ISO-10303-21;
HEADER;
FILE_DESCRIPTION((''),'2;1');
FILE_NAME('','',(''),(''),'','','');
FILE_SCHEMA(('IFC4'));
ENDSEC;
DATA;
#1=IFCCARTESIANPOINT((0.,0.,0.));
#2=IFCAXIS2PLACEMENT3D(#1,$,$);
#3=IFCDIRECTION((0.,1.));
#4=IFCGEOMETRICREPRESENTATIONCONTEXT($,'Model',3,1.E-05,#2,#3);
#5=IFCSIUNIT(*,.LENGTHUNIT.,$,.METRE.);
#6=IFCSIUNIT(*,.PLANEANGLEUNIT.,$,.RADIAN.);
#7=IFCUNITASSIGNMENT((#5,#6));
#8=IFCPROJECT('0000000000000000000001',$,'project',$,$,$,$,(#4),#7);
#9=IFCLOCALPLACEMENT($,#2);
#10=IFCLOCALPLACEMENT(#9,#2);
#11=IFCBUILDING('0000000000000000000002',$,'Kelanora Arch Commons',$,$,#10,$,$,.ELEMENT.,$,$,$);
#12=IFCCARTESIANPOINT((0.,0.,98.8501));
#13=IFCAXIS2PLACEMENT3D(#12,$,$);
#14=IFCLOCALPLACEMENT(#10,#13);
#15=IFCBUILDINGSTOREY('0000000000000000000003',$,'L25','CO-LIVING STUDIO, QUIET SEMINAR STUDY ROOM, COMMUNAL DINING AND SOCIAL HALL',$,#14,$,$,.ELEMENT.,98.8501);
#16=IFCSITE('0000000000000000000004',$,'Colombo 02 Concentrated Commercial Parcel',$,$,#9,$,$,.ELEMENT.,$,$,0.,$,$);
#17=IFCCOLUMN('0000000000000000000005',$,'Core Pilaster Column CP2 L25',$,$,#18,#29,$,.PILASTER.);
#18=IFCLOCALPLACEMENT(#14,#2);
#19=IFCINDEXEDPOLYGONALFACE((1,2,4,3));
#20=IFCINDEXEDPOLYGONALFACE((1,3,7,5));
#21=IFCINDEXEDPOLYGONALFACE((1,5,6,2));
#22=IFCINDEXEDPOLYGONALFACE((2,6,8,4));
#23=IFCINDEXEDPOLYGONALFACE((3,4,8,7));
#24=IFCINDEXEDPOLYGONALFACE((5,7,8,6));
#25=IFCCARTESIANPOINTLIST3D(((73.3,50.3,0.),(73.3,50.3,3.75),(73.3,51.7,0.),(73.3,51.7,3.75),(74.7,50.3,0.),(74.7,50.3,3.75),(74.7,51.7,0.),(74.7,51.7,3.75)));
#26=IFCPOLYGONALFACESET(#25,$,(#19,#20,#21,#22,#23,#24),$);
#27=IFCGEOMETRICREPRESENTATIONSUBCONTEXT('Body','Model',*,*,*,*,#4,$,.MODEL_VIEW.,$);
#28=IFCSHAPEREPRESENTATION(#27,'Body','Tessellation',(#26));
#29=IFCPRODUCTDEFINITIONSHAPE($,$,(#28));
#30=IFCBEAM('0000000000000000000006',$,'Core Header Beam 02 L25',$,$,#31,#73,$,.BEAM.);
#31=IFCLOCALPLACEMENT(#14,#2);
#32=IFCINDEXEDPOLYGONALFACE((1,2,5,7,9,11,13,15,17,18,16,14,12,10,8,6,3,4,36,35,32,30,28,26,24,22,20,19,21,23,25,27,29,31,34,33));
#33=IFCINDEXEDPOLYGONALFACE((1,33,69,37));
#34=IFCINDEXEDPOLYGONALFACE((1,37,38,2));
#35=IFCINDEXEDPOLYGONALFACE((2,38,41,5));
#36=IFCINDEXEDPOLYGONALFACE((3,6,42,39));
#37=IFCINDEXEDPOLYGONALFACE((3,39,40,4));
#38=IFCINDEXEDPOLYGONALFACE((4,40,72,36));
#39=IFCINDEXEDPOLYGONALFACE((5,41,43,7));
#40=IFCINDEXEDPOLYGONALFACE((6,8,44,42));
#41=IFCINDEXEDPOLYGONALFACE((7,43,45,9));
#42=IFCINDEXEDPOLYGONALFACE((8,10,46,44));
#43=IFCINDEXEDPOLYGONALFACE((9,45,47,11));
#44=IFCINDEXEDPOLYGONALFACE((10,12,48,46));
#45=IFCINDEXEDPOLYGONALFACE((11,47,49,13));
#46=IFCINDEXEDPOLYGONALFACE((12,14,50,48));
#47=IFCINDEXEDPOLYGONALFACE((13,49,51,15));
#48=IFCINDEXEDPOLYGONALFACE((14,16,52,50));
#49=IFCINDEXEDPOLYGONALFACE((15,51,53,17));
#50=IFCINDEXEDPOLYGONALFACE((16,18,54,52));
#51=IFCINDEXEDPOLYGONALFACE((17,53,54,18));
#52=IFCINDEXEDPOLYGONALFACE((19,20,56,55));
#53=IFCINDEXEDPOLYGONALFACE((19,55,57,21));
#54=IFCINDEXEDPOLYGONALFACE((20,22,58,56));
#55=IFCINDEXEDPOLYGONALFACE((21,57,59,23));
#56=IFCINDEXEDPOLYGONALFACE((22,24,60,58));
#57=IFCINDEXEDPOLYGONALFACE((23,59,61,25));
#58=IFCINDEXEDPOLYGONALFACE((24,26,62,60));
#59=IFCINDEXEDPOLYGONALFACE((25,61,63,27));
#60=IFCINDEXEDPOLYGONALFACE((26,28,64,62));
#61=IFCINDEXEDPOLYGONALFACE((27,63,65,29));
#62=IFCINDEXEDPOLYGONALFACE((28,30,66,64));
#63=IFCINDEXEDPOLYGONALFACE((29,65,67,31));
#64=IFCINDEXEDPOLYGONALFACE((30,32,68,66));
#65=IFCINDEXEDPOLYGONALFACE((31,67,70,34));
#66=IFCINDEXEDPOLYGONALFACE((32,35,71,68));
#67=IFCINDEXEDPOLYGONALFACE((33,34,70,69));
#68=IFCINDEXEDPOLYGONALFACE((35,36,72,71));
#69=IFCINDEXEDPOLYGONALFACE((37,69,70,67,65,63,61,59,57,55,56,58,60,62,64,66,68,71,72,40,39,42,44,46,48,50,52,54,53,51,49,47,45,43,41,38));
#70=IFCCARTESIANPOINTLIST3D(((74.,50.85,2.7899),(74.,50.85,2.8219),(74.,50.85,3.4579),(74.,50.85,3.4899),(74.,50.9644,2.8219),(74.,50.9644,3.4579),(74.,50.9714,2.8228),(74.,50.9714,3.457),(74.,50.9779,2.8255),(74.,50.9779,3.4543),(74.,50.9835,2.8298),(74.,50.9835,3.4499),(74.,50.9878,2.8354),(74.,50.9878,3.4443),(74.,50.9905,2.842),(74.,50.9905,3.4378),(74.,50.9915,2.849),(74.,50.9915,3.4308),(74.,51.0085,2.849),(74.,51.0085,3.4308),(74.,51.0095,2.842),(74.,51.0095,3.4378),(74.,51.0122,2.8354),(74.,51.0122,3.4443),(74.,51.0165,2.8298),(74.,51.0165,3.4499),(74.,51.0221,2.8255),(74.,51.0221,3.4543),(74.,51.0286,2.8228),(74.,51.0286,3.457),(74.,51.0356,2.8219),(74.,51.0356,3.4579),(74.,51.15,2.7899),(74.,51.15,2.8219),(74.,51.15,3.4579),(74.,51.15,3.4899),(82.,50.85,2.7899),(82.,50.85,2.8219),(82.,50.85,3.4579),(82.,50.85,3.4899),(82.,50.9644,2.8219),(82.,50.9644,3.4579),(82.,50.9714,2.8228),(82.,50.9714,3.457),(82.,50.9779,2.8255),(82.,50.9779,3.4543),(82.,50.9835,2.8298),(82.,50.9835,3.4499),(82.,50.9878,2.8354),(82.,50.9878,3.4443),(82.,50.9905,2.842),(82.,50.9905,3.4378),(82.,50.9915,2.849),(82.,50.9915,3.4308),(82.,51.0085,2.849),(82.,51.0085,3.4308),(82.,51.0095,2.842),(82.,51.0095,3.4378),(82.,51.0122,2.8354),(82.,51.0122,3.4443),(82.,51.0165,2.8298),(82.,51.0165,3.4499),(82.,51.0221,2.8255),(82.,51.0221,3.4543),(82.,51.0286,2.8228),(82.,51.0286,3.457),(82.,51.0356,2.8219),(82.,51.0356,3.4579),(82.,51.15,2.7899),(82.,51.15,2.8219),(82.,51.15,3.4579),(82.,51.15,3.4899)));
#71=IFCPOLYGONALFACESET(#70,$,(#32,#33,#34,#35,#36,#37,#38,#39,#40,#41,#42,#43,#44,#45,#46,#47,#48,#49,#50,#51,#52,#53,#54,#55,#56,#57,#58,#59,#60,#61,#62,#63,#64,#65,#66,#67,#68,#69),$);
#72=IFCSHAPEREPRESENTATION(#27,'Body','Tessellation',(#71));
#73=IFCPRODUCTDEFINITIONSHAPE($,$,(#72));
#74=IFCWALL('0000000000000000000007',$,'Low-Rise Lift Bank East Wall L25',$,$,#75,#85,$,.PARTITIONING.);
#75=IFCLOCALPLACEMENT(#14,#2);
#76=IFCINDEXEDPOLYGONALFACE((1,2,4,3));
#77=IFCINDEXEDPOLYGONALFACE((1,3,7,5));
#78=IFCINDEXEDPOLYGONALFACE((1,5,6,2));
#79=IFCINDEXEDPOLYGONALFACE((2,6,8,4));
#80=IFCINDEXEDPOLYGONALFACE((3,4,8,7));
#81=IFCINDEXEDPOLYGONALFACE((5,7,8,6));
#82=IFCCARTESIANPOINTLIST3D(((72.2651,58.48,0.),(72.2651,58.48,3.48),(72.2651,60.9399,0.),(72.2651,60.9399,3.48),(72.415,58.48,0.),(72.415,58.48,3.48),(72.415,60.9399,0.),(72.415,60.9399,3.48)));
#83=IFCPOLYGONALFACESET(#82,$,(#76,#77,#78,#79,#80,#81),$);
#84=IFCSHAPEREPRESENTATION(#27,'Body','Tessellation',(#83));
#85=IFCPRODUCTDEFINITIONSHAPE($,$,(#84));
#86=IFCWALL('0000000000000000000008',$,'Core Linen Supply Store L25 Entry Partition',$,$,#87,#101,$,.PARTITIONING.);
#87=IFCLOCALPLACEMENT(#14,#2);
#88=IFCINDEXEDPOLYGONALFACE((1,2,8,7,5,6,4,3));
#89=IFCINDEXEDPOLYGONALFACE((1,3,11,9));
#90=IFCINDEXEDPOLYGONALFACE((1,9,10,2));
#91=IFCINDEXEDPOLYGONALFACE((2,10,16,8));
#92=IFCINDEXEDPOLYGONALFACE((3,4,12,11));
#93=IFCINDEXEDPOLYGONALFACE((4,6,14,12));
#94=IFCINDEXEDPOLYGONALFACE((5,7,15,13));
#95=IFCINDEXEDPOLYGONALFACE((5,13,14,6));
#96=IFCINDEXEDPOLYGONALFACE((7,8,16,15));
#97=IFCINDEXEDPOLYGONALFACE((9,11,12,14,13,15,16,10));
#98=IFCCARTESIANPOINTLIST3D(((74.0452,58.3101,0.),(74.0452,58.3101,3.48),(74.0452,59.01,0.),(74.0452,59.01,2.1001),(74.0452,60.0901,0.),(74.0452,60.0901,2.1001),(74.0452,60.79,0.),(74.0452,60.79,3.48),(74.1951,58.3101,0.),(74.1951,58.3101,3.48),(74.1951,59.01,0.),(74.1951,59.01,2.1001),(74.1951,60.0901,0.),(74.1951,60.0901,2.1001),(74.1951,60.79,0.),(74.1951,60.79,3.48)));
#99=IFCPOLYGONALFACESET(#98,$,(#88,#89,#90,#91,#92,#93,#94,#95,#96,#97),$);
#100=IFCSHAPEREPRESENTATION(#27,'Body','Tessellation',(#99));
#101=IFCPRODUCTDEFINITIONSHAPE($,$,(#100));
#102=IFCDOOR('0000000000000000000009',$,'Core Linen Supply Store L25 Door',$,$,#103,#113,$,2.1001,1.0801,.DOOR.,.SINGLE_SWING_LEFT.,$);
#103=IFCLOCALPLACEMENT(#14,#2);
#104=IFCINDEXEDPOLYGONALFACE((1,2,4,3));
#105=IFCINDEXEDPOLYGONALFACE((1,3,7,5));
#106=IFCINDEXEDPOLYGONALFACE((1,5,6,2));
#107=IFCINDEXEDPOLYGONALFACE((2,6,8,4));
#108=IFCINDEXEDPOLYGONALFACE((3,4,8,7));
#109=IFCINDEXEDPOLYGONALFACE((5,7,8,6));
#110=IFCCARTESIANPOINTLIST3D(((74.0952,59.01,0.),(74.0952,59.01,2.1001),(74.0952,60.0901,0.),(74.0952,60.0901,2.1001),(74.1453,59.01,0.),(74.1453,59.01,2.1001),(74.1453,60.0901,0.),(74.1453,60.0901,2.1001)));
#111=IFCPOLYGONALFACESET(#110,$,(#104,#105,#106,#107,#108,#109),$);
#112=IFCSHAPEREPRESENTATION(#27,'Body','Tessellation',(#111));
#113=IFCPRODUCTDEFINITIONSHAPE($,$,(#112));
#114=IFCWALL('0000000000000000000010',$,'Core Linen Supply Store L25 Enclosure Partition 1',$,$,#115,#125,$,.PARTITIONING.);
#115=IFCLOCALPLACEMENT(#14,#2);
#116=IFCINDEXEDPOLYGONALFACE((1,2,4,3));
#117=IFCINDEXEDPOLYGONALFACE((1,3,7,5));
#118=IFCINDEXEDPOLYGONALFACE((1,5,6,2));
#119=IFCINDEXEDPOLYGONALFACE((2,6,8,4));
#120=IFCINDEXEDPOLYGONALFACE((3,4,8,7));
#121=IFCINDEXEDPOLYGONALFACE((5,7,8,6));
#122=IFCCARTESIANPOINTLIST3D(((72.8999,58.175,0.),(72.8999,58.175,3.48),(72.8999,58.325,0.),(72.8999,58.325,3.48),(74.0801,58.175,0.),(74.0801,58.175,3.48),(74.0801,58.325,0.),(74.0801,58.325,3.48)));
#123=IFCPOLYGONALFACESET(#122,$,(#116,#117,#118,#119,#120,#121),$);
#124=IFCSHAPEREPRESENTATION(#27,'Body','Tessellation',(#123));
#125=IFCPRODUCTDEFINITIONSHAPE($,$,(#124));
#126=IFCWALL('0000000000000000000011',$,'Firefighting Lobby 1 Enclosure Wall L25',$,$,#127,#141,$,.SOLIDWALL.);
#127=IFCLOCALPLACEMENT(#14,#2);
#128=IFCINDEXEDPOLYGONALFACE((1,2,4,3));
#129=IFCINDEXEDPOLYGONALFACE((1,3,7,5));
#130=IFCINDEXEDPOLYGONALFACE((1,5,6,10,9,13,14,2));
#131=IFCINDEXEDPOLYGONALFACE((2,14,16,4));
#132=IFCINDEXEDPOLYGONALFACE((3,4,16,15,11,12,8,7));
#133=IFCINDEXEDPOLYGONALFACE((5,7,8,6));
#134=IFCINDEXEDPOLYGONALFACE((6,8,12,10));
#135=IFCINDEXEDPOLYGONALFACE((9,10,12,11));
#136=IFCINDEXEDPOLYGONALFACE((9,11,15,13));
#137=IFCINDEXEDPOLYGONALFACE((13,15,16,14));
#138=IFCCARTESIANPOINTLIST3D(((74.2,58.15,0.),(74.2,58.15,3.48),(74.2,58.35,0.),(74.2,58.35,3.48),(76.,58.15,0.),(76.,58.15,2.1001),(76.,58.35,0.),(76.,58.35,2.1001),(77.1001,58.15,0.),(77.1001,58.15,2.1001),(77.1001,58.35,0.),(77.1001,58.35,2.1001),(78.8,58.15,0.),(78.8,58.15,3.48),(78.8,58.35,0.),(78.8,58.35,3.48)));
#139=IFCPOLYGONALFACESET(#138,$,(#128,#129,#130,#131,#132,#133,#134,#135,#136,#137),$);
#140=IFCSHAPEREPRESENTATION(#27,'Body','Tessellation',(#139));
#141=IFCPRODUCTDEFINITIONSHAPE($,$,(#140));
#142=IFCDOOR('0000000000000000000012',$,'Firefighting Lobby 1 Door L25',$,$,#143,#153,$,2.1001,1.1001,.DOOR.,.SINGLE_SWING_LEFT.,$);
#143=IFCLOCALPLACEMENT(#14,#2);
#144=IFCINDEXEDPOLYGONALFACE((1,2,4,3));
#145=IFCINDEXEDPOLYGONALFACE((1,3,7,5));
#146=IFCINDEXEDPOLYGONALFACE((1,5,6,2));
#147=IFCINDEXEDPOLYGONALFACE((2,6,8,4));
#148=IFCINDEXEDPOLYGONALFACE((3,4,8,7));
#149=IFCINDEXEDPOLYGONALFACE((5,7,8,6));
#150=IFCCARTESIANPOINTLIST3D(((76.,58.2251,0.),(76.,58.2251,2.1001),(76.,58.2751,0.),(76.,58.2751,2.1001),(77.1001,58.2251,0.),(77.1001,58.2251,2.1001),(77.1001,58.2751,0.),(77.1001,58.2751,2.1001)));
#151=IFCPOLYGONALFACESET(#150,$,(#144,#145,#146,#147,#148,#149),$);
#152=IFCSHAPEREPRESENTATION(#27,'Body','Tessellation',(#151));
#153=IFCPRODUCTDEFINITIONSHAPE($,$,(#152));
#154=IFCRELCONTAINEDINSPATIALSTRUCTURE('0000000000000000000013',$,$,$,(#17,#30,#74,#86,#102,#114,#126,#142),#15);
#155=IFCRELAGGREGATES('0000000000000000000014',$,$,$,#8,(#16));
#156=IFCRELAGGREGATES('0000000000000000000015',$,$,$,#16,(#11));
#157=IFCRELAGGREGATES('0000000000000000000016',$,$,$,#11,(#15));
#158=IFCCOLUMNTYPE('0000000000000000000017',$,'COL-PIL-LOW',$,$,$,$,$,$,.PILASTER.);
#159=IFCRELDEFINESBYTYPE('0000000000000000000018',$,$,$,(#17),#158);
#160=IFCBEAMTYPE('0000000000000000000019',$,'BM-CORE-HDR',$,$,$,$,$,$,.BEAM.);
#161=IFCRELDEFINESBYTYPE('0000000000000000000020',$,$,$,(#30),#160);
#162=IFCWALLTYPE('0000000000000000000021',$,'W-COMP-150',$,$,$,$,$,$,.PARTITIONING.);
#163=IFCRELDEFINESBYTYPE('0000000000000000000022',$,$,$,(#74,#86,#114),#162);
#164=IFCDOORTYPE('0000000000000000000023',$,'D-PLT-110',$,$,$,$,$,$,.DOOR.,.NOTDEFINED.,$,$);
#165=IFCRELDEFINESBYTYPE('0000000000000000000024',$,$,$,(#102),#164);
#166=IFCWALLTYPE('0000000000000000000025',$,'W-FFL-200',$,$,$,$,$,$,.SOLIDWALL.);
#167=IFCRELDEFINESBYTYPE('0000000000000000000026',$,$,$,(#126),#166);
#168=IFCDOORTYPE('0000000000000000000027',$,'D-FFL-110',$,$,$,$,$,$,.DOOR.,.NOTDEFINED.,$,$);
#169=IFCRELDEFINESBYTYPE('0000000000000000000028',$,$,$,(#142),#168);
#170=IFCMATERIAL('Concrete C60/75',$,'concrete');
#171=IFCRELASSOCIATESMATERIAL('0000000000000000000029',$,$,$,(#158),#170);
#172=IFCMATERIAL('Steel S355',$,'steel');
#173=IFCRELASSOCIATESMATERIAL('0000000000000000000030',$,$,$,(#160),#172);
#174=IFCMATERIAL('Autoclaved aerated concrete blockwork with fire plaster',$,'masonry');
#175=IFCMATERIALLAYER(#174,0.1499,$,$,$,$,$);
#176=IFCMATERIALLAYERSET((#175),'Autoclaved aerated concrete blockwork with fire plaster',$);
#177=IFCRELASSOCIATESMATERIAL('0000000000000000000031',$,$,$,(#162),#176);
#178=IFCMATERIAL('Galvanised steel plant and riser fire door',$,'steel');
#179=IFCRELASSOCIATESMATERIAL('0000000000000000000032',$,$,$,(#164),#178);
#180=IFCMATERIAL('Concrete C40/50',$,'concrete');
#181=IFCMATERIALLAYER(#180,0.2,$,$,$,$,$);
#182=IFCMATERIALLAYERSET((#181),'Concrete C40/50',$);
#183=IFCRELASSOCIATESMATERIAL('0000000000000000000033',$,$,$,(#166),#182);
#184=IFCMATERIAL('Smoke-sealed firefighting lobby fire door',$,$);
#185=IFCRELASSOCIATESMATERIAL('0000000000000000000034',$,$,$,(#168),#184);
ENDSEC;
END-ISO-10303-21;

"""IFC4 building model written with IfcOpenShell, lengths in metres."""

from ifc_helpers import new_model, si_unit, direction, frame, frame_2d, origin, origin_2d, place, context, subcontext, project, spatial, rectangle, i_section, extrude, material, layer, layer_set, material_profile, profile_set, type_object, element, fill, save


model = new_model("IFC4")

# Units and contexts
model_context = context("Model", 3, precision=1e-05, world=origin(), true_north=direction((0.0, 1.0)))
body_context = subcontext(model_context, "Body", "Model", "MODEL_VIEW")
ifc_project = project(units=[si_unit("LENGTHUNIT", "METRE"), si_unit("PLANEANGLEUNIT", "RADIAN")], contexts=[model_context])

# Site, building, storey
site_placement = place(None, origin())
site = spatial("IfcSite", under=ifc_project, at=site_placement, Name="Colombo 02 Concentrated Commercial Parcel", CompositionType="ELEMENT", RefElevation=0.0)
building_placement = place(site_placement, origin())
building = spatial("IfcBuilding", under=site, at=building_placement, Name="Kelanora Arch Commons", CompositionType="ELEMENT")
storey_placement = place(building_placement, frame((0.0, 0.0, 98.8501)))
storey = spatial("IfcBuildingStorey", under=building, at=storey_placement, Name="L25", Description="CO-LIVING STUDIO, QUIET SEMINAR STUDY ROOM, COMMUNAL DINING AND SOCIAL HALL", CompositionType="ELEMENT", Elevation=98.8501)

# Column
ifc_material_1 = material(Name="Concrete C60/75", Category="concrete")
ifc_material_profile_1 = material_profile(ifc_material_1, rectangle(XDim=1.3999, YDim=1.3999, at=origin_2d()), Name="RC1400x1400")
ifc_profile_set_1 = profile_set([ifc_material_profile_1], Name="Concrete C60/75")
column_type = type_object("IfcColumnType", Name="COL-PIL-LOW", PredefinedType="PILASTER", material=ifc_profile_set_1)
column_placement = place(storey_placement, frame((74.0, 51.0, 0.0), z_axis=(0.0, 0.0, 1.0), x_axis=(1.0, 0.0, 0.0)))
element("IfcColumn", 1, at=column_placement, inside=storey, type_object=column_type, Name="Core Pilaster Column CP2 L25", PredefinedType="PILASTER", context=body_context, shape_type="SweptSolid", body=[
    extrude(rectangle(XDim=1.3999, YDim=1.3999, at=origin_2d()), origin(), (0.0, 0.0, 1.0), 3.75),
])

# Beam
ifc_material_2 = material(Name="Steel S355", Category="steel")
ifc_material_profile_2 = material_profile(ifc_material_2, i_section(OverallWidth=0.3, OverallDepth=0.7, WebThickness=0.0171, FlangeThickness=0.032, FilletRadius=0.0271, at=origin_2d()), Name="HEB700")
ifc_profile_set_2 = profile_set([ifc_material_profile_2], Name="Steel S355")
beam_type = type_object("IfcBeamType", Name="BM-CORE-HDR", PredefinedType="BEAM", material=ifc_profile_set_2)
beam_placement = place(storey_placement, frame((74.0, 51.0, 3.1399), z_axis=(1.0, 0.0, 0.0), x_axis=(0.0, 1.0, 0.0)))
element("IfcBeam", 2, at=beam_placement, inside=storey, type_object=beam_type, Name="Core Header Beam 02 L25", PredefinedType="BEAM", context=body_context, shape_type="SweptSolid", body=[
    extrude(i_section(OverallWidth=0.3, OverallDepth=0.7, WebThickness=0.0171, FlangeThickness=0.032, FilletRadius=0.0271, at=origin_2d()), origin(), (0.0, 0.0, 1.0), 8.0),
])

# Wall
ifc_material_3 = material(Name="Autoclaved aerated concrete blockwork with fire plaster", Category="masonry")
ifc_layer_1 = layer(ifc_material_3, 0.1499)
ifc_layer_set_1 = layer_set([ifc_layer_1], Name="Autoclaved aerated concrete blockwork with fire plaster")
wall_type_1 = type_object("IfcWallType", Name="W-COMP-150", PredefinedType="PARTITIONING", material=ifc_layer_set_1)
wall_1_placement = place(storey_placement, frame((72.3401, 58.48, 0.0), z_axis=(0.0, 0.0, 1.0), x_axis=(0.0, 1.0, 0.0)))
element("IfcWall", 3, at=wall_1_placement, inside=storey, type_object=wall_type_1, Name="Low-Rise Lift Bank East Wall L25", PredefinedType="PARTITIONING", context=body_context, shape_type="SweptSolid", body=[
    extrude(rectangle(XDim=2.46, YDim=0.1499, at=frame_2d((1.23, 0.0))), origin(), (0.0, 0.0, 1.0), 3.48),
])

# Wall, opening, door
wall_2_placement = place(storey_placement, frame((74.1201, 58.3101, 0.0), z_axis=(0.0, 0.0, 1.0), x_axis=(0.0, 1.0, 0.0)))
wall_2 = element("IfcWall", 4, at=wall_2_placement, inside=storey, type_object=wall_type_1, Name="Core Linen Supply Store L25 Entry Partition", PredefinedType="PARTITIONING", context=body_context, shape_type="SweptSolid", body=[
    extrude(rectangle(XDim=2.48, YDim=0.1499, at=frame_2d((1.24, 0.0))), origin(), (0.0, 0.0, 1.0), 3.48),
])
opening_1_placement = place(wall_2_placement, frame((0.7, 0.0, 0.0)))
opening_1 = element("IfcOpeningElement", 5, at=opening_1_placement, cuts=wall_2, PredefinedType="OPENING", context=body_context, shape_type="SweptSolid", body=[
    extrude(rectangle(XDim=1.0801, YDim=2.1001, at=frame_2d((0.54, 1.05))), frame((0.0, 0.085, 0.0), z_axis=(0.0, -1.0, 0.0), x_axis=(1.0, 0.0, 0.0)), (0.0, 0.0, 1.0), 0.1699),
])
ifc_material_4 = material(Name="Galvanised steel plant and riser fire door", Category="steel")
door_type_1 = type_object("IfcDoorType", Name="D-PLT-110", OperationType="NOTDEFINED", PredefinedType="DOOR", material=ifc_material_4)
door_1_placement = place(opening_1_placement, origin())
door_1 = element("IfcDoor", 6, at=door_1_placement, inside=storey, type_object=door_type_1, Name="Core Linen Supply Store L25 Door", OperationType="SINGLE_SWING_LEFT", OverallHeight=2.1001, OverallWidth=1.0801, PredefinedType="DOOR", context=body_context, shape_type="SweptSolid", body=[
    extrude(rectangle(XDim=1.0801, YDim=2.1001, at=frame_2d((0.54, 1.05))), frame((0.0, 0.0249, 0.0), z_axis=(0.0, -1.0, 0.0), x_axis=(1.0, 0.0, 0.0)), (0.0, 0.0, 1.0), 0.05),
])
fill(opening_1, door_1)

# Wall
wall_3_placement = place(storey_placement, frame((72.8999, 58.25, 0.0), z_axis=(0.0, 0.0, 1.0), x_axis=(1.0, 0.0, 0.0)))
element("IfcWall", 7, at=wall_3_placement, inside=storey, type_object=wall_type_1, Name="Core Linen Supply Store L25 Enclosure Partition 1", PredefinedType="PARTITIONING", context=body_context, shape_type="SweptSolid", body=[
    extrude(rectangle(XDim=1.1802, YDim=0.1499, at=frame_2d((0.5901, 0.0))), origin(), (0.0, 0.0, 1.0), 3.48),
])

# Wall, opening, door
ifc_material_5 = material(Name="Concrete C40/50", Category="concrete")
ifc_layer_2 = layer(ifc_material_5, 0.2)
ifc_layer_set_2 = layer_set([ifc_layer_2], Name="Concrete C40/50")
wall_type_2 = type_object("IfcWallType", Name="W-FFL-200", PredefinedType="SOLIDWALL", material=ifc_layer_set_2)
wall_4_placement = place(storey_placement, frame((74.2, 58.25, 0.0), z_axis=(0.0, 0.0, 1.0), x_axis=(1.0, 0.0, 0.0)))
wall_4 = element("IfcWall", 8, at=wall_4_placement, inside=storey, type_object=wall_type_2, Name="Firefighting Lobby 1 Enclosure Wall L25", PredefinedType="SOLIDWALL", context=body_context, shape_type="SweptSolid", body=[
    extrude(rectangle(XDim=4.6001, YDim=0.2, at=frame_2d((2.3, 0.0))), origin(), (0.0, 0.0, 1.0), 3.48),
])
opening_2_placement = place(wall_4_placement, frame((1.8, 0.0, 0.0)))
opening_2 = element("IfcOpeningElement", 9, at=opening_2_placement, cuts=wall_4, PredefinedType="OPENING", context=body_context, shape_type="SweptSolid", body=[
    extrude(rectangle(XDim=1.1001, YDim=2.1001, at=frame_2d((0.55, 1.05))), frame((0.0, 0.1099, 0.0), z_axis=(0.0, -1.0, 0.0), x_axis=(1.0, 0.0, 0.0)), (0.0, 0.0, 1.0), 0.22),
])
ifc_material_6 = material(Name="Smoke-sealed firefighting lobby fire door")
door_type_2 = type_object("IfcDoorType", Name="D-FFL-110", OperationType="NOTDEFINED", PredefinedType="DOOR", material=ifc_material_6)
door_2_placement = place(opening_2_placement, frame((1.1001, 0.0, 0.0), z_axis=(0.0, 0.0, 1.0), x_axis=(-1.0, 0.0, 0.0)))
door_2 = element("IfcDoor", 10, at=door_2_placement, inside=storey, type_object=door_type_2, Name="Firefighting Lobby 1 Door L25", OperationType="SINGLE_SWING_LEFT", OverallHeight=2.1001, OverallWidth=1.1001, PredefinedType="DOOR", context=body_context, shape_type="SweptSolid", body=[
    extrude(rectangle(XDim=1.1001, YDim=2.1001, at=frame_2d((0.55, 1.05))), frame((0.0, 0.0249, 0.0), z_axis=(0.0, -1.0, 0.0), x_axis=(1.0, 0.0, 0.0)), (0.0, 0.0, 1.0), 0.05),
])
fill(opening_2, door_2)

save(model, "model.ifc")
